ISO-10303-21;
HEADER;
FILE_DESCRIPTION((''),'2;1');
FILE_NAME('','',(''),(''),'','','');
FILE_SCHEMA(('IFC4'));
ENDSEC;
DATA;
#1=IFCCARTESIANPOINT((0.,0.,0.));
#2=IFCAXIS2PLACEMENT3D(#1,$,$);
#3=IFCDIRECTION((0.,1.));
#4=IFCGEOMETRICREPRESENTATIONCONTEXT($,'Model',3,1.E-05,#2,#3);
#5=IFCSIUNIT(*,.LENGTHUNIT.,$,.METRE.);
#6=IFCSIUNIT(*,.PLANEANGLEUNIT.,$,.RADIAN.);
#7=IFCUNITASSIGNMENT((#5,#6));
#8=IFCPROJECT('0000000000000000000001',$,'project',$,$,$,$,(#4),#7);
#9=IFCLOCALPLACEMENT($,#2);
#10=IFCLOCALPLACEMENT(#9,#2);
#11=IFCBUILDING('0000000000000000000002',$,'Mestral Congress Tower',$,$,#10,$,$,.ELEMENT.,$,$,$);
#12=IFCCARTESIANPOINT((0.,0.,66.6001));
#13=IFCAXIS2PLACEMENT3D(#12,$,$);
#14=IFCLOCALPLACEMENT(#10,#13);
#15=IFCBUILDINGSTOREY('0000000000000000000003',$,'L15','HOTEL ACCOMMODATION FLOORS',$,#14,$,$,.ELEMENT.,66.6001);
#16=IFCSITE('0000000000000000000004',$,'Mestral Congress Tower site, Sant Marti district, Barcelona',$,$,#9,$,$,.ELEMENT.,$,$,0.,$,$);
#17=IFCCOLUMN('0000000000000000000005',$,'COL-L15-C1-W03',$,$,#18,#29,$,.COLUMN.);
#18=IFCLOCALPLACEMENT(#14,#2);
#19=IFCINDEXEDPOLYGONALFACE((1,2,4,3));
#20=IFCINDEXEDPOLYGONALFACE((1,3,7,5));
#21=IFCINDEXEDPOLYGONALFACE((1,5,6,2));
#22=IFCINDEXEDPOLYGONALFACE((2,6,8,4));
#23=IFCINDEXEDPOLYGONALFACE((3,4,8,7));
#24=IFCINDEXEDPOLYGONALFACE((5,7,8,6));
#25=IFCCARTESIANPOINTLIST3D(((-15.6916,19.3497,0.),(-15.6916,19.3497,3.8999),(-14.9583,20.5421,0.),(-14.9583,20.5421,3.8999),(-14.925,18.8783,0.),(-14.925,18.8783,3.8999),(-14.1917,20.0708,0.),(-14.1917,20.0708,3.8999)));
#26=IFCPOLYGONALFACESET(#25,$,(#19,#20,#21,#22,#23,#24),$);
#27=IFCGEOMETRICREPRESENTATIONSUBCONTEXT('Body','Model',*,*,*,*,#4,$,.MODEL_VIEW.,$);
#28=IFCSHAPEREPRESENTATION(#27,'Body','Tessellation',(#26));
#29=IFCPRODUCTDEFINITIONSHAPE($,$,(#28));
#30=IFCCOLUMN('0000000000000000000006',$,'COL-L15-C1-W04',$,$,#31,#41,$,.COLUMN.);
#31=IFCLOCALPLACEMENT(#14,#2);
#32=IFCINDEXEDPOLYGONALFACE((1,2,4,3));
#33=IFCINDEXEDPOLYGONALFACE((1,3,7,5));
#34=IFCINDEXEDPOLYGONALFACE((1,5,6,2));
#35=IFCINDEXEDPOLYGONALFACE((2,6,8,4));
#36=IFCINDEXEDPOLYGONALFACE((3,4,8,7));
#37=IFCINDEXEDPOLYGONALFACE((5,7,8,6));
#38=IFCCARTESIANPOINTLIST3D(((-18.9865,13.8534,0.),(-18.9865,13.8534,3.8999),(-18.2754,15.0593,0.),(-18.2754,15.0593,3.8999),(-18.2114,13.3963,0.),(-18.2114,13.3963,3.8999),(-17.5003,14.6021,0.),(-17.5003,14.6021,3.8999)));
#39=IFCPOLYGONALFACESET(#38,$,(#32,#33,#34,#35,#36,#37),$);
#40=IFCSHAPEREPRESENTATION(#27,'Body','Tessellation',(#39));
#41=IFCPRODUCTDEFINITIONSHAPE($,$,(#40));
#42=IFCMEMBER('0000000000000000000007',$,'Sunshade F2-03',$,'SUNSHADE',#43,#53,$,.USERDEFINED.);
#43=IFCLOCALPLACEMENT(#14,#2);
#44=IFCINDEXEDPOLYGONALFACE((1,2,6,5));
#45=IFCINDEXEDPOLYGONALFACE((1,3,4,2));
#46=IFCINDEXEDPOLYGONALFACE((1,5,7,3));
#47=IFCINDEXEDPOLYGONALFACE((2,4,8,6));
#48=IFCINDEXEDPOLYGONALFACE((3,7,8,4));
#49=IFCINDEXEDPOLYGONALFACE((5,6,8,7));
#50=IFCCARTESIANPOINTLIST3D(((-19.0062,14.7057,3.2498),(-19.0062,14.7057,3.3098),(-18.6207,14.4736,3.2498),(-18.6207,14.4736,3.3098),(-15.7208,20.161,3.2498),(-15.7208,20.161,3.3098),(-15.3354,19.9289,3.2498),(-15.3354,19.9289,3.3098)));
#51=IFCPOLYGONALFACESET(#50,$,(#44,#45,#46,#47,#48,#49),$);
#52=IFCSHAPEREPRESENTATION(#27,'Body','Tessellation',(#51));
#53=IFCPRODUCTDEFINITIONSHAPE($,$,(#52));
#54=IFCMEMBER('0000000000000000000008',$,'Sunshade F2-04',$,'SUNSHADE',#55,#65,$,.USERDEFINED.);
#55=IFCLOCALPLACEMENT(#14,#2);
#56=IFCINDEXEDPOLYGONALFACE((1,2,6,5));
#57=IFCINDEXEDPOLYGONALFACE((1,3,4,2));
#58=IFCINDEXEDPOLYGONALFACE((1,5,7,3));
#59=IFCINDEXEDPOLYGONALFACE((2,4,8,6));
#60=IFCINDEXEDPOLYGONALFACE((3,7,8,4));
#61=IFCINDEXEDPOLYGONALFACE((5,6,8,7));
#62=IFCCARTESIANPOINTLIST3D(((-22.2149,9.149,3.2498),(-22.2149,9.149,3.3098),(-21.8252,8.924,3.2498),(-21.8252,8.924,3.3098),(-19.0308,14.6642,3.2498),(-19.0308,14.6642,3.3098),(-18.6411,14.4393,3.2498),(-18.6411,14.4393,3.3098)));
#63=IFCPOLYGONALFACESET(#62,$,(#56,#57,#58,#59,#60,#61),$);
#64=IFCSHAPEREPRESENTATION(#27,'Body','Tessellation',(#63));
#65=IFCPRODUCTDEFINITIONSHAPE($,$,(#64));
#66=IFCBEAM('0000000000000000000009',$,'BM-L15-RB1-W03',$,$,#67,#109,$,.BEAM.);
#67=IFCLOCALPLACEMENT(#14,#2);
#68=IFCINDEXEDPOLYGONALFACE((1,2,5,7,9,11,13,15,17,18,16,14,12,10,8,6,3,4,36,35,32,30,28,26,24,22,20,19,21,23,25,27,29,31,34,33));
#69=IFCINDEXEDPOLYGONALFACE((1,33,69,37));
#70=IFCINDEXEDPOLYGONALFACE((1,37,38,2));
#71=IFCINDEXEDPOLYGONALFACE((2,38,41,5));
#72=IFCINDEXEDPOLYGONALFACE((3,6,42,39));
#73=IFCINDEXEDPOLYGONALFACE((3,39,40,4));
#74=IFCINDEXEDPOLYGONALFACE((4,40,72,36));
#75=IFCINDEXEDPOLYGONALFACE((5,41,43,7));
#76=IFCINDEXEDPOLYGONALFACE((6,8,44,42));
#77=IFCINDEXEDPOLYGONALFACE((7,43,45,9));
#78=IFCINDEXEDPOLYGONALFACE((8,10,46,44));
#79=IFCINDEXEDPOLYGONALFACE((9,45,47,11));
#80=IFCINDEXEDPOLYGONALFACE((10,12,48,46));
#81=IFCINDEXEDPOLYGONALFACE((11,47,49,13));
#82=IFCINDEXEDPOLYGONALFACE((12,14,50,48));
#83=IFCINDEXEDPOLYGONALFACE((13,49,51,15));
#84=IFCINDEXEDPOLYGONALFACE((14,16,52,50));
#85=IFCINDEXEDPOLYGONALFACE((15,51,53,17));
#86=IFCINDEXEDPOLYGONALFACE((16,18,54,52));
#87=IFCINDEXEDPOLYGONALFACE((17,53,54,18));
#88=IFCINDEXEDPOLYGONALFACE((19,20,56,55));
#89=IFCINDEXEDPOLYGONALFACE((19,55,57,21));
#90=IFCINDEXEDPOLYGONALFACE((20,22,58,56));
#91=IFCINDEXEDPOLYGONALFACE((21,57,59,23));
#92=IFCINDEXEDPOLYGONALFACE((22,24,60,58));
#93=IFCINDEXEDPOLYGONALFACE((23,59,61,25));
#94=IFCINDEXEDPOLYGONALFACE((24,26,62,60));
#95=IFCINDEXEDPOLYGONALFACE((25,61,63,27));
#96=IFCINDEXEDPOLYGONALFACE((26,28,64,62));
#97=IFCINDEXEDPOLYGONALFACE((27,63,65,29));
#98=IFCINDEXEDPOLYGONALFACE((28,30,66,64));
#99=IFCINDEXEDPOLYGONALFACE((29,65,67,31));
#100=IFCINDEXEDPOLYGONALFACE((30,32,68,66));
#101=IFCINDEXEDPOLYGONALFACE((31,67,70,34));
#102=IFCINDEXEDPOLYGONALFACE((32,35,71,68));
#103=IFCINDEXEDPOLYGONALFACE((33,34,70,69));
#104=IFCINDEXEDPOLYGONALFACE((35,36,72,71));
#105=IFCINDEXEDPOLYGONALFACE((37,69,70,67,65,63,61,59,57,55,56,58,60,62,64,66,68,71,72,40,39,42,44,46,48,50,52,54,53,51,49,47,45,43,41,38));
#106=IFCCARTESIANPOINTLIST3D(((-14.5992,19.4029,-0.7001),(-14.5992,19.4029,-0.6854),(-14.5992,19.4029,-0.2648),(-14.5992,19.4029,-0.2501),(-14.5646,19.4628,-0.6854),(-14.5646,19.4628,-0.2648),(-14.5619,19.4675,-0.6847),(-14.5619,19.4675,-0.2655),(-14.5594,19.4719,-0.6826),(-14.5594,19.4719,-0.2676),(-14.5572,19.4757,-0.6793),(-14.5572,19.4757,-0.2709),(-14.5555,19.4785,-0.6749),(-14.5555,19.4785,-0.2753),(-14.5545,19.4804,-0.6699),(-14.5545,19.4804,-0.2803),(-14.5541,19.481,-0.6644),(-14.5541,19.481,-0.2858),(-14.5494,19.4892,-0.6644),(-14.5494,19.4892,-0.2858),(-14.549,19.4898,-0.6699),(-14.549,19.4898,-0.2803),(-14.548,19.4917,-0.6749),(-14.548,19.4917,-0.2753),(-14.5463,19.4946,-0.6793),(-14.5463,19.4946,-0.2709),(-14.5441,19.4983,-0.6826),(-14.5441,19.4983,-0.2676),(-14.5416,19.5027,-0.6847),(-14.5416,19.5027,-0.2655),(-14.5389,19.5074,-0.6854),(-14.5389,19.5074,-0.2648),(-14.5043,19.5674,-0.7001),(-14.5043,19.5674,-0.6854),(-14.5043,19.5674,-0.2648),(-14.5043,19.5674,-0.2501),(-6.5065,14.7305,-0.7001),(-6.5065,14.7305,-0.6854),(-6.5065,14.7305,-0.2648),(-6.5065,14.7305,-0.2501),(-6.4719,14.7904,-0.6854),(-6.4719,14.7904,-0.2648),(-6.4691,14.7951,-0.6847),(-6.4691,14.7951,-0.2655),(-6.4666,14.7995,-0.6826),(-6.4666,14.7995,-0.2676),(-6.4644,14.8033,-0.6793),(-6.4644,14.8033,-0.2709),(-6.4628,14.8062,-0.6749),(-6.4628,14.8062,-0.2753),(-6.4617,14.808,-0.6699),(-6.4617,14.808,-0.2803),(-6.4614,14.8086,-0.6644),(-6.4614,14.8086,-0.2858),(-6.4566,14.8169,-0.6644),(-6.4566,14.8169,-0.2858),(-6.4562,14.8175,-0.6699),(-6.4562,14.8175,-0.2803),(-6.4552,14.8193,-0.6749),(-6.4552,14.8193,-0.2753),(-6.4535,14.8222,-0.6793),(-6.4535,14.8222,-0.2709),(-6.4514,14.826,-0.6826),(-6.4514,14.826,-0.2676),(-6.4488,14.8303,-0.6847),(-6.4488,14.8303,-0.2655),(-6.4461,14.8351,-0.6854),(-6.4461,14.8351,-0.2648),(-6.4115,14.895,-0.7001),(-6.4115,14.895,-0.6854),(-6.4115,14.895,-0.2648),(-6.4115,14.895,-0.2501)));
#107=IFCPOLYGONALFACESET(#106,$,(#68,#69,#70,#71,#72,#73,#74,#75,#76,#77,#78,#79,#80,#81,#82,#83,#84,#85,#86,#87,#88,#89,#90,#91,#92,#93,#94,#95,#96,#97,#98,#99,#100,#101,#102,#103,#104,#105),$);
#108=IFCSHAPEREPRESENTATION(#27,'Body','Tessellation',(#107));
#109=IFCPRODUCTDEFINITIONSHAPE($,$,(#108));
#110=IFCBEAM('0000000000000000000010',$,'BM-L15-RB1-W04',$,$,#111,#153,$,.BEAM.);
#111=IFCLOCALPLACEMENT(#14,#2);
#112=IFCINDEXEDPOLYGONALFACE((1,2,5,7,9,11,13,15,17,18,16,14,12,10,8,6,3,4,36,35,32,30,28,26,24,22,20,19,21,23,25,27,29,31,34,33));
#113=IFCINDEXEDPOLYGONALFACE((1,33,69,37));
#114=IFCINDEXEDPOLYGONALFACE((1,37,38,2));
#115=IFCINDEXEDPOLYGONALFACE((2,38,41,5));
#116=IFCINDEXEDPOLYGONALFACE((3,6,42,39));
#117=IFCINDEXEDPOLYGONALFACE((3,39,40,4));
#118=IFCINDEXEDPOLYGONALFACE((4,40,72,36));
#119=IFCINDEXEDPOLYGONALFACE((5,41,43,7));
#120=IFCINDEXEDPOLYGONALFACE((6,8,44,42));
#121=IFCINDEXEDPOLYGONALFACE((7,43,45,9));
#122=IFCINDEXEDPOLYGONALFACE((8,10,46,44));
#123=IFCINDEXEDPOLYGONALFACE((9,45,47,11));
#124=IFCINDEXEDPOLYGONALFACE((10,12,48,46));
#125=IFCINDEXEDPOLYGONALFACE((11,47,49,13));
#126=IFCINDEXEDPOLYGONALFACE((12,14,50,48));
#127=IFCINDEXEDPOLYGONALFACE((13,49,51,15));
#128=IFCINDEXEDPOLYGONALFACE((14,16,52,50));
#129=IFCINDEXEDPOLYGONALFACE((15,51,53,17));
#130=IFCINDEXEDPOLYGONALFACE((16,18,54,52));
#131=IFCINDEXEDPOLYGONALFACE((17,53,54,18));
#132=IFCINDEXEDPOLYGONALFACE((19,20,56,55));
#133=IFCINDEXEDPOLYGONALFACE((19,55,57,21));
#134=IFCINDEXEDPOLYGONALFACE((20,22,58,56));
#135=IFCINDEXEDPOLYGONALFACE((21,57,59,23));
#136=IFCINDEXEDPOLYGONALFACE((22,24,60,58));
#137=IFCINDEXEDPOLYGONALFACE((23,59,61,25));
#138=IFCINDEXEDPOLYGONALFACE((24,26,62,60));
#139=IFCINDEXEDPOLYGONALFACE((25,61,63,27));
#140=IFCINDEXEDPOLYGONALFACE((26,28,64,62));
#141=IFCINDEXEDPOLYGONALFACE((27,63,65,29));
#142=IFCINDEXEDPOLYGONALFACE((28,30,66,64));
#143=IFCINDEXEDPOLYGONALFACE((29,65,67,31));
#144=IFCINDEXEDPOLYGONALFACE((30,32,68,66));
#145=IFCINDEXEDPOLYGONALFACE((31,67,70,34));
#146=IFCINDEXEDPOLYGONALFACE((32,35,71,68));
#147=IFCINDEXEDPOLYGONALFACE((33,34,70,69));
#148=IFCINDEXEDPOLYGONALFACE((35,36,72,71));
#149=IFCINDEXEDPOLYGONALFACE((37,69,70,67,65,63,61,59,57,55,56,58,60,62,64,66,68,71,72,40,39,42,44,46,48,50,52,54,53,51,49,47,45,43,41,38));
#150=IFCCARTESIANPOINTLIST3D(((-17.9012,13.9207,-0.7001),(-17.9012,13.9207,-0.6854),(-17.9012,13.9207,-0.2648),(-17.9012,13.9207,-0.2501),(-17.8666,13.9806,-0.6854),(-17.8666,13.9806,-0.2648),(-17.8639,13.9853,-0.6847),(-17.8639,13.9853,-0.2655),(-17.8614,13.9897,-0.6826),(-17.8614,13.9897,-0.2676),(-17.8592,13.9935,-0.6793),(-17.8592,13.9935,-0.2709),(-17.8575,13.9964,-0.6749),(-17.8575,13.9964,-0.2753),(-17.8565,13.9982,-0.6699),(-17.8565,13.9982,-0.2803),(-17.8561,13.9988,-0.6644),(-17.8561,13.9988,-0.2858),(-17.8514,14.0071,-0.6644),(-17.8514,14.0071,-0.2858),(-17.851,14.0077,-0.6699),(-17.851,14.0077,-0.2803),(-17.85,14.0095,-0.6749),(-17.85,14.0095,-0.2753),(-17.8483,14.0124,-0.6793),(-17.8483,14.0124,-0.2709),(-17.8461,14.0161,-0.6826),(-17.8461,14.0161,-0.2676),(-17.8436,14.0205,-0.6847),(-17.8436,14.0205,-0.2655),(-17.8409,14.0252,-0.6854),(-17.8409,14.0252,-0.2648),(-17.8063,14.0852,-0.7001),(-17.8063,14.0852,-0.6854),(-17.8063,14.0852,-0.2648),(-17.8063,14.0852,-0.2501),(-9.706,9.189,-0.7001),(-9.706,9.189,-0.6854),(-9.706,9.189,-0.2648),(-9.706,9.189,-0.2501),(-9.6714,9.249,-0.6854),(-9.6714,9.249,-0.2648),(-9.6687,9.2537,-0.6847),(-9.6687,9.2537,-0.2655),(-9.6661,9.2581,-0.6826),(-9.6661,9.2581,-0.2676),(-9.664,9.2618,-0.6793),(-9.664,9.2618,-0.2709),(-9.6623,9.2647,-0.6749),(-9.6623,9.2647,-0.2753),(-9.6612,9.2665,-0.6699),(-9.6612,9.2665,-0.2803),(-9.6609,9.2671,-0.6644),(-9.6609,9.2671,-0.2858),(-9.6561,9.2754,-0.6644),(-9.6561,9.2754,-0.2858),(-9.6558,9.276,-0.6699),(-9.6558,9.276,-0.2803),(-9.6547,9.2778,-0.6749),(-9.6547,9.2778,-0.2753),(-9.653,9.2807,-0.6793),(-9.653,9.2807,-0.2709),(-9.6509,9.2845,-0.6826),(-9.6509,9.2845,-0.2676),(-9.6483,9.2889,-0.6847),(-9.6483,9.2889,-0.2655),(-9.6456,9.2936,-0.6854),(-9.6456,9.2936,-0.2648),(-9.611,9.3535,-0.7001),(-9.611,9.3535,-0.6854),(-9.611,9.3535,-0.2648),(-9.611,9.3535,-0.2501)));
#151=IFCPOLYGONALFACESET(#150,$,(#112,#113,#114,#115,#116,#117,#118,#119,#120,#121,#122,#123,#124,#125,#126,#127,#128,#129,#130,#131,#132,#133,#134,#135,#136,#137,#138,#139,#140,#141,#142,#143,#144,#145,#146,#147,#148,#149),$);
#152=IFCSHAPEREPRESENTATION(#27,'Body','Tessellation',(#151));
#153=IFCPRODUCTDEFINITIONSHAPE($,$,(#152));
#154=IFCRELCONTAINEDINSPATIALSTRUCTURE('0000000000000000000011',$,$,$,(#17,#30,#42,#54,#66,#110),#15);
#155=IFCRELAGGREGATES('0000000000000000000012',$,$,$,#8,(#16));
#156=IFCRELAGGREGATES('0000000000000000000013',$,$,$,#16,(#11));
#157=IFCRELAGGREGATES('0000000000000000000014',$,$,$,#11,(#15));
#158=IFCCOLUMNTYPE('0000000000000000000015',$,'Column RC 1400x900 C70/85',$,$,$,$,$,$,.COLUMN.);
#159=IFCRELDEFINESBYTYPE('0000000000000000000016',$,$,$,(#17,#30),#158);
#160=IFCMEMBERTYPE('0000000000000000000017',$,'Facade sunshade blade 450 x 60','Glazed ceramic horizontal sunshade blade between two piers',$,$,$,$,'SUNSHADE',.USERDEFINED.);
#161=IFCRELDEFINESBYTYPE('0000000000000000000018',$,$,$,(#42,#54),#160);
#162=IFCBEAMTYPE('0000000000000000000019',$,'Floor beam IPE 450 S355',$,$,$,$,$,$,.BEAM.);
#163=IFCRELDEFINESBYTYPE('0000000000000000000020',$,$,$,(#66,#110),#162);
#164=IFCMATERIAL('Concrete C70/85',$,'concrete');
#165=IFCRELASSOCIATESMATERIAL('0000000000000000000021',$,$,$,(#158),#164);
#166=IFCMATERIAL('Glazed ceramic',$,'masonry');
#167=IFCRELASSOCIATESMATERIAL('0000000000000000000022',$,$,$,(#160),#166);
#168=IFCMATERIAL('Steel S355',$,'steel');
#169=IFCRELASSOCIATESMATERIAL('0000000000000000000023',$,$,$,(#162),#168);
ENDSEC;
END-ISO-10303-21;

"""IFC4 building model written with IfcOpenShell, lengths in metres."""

from ifc_helpers import new_model, si_unit, direction, frame, origin, origin_2d, place, context, subcontext, project, spatial, rectangle, i_section, extrude, material, material_profile, profile_set, type_object, element, save


model = new_model("IFC4")

# Units and contexts
model_context = context("Model", 3, precision=1e-05, world=origin(), true_north=direction((0.0, 1.0)))
body_context = subcontext(model_context, "Body", "Model", "MODEL_VIEW")
ifc_project = project(units=[si_unit("LENGTHUNIT", "METRE"), si_unit("PLANEANGLEUNIT", "RADIAN")], contexts=[model_context])

# Site, building, storey
site_placement = place(None, origin())
site = spatial("IfcSite", under=ifc_project, at=site_placement, Name="Mestral Congress Tower site, Sant Marti district, Barcelona", CompositionType="ELEMENT", RefElevation=0.0)
building_placement = place(site_placement, origin())
building = spatial("IfcBuilding", under=site, at=building_placement, Name="Mestral Congress Tower", CompositionType="ELEMENT")
storey_placement = place(building_placement, frame((0.0, 0.0, 66.6001)))
storey = spatial("IfcBuildingStorey", under=building, at=storey_placement, Name="L15", Description="HOTEL ACCOMMODATION FLOORS", CompositionType="ELEMENT", Elevation=66.6001)

# Columns
ifc_material_1 = material(Name="Concrete C70/85", Category="concrete")
ifc_material_profile_1 = material_profile(ifc_material_1, rectangle(XDim=1.3999, YDim=0.8999, at=origin_2d()), Name="RC 1400x900")
ifc_profile_set_1 = profile_set([ifc_material_profile_1], Name="Concrete C70/85")
column_type = type_object("IfcColumnType", Name="Column RC 1400x900 C70/85", PredefinedType="COLUMN", material=ifc_profile_set_1)
for number, where, z_axis, x_axis, name in (
    (1, (-14.9417, 19.7102, 0.0), (0.0, 0.0, 1.0), (-0.523819, -0.851829, 0.0), "COL-L15-C1-W03"),
    (2, (-18.2434, 14.2278, 0.0), (0.0, 0.0, 1.0), (-0.507983, -0.861367, 0.0), "COL-L15-C1-W04"),
):
    element("IfcColumn", number, at=place(storey_placement, frame(where, z_axis=z_axis, x_axis=x_axis)), inside=storey, type_object=column_type, Name=name, PredefinedType="COLUMN", context=body_context, shape_type="SweptSolid", body=[
        extrude(rectangle(XDim=1.3999, YDim=0.8999, at=origin_2d()), origin(), (0.0, 0.0, 1.0), 3.8999),
    ])

# Members
ifc_material_2 = material(Name="Glazed ceramic", Category="masonry")
ifc_material_profile_2 = material_profile(ifc_material_2, rectangle(XDim=0.45, YDim=0.0601, at=origin_2d()), Name="Ceramic blade 450 x 60")
ifc_profile_set_2 = profile_set([ifc_material_profile_2], Name="Glazed ceramic")
member_type = type_object("IfcMemberType", Name="Facade sunshade blade 450 x 60", Description="Glazed ceramic horizontal sunshade blade between two piers", ElementType="SUNSHADE", PredefinedType="USERDEFINED", material=ifc_profile_set_2)
member_1_placement = place(storey_placement, frame((-15.5281, 20.0449, 3.2798), z_axis=(-0.515905, -0.856646, 0.0), x_axis=(0.856646, -0.515905, 0.0)))
element("IfcMember", 3, at=member_1_placement, inside=storey, type_object=member_type, Name="Sunshade F2-03", ObjectType="SUNSHADE", PredefinedType="USERDEFINED", context=body_context, shape_type="SweptSolid", body=[
    extrude(rectangle(XDim=0.45, YDim=0.0601, at=origin_2d()), origin(), (0.0, 0.0, 1.0), 6.3682),
])
member_2_placement = place(storey_placement, frame((-18.8359, 14.5518, 3.2798), z_axis=(-0.49999, -0.866031, 0.0), x_axis=(0.866031, -0.49999, 0.0)))
element("IfcMember", 4, at=member_2_placement, inside=storey, type_object=member_type, Name="Sunshade F2-04", ObjectType="SUNSHADE", PredefinedType="USERDEFINED", context=body_context, shape_type="SweptSolid", body=[
    extrude(rectangle(XDim=0.45, YDim=0.0601, at=origin_2d()), origin(), (0.0, 0.0, 1.0), 6.3684),
])

# Beams
ifc_material_3 = material(Name="Steel S355", Category="steel")
ifc_material_profile_3 = material_profile(ifc_material_3, i_section(OverallWidth=0.1899, OverallDepth=0.45, WebThickness=0.0095, FlangeThickness=0.0146, FilletRadius=0.021, at=origin_2d()), Name="IPE 450")
ifc_profile_set_3 = profile_set([ifc_material_profile_3], Name="Steel S355")
beam_type_1 = type_object("IfcBeamType", Name="Floor beam IPE 450 S355", PredefinedType="BEAM", material=ifc_profile_set_3)
beam_1_placement = place(storey_placement, frame((-14.5518, 19.4851, -0.4751), z_axis=(0.866025, -0.5, 0.0), x_axis=(0.5, 0.866025, 0.0)))
element("IfcBeam", 5, at=beam_1_placement, inside=storey, type_object=beam_type_1, Name="BM-L15-RB1-W03", PredefinedType="BEAM", context=body_context, shape_type="SweptSolid", body=[
    extrude(i_section(OverallWidth=0.1899, OverallDepth=0.45, WebThickness=0.0095, FlangeThickness=0.0146, FilletRadius=0.021, at=origin_2d()), origin(), (0.0, 0.0, 1.0), 9.3447),
])
beam_2_placement = place(storey_placement, frame((-17.8538, 14.0029, -0.4751), z_axis=(0.86602, -0.50001, 0.0), x_axis=(0.50001, 0.86602, 0.0)))
element("IfcBeam", 6, at=beam_2_placement, inside=storey, type_object=beam_type_1, Name="BM-L15-RB1-W04", PredefinedType="BEAM", context=body_context, shape_type="SweptSolid", body=[
    extrude(i_section(OverallWidth=0.1899, OverallDepth=0.45, WebThickness=0.0095, FlangeThickness=0.0146, FilletRadius=0.021, at=origin_2d()), origin(), (0.0, 0.0, 1.0), 9.4631),
])

save(model, "model.ifc")
